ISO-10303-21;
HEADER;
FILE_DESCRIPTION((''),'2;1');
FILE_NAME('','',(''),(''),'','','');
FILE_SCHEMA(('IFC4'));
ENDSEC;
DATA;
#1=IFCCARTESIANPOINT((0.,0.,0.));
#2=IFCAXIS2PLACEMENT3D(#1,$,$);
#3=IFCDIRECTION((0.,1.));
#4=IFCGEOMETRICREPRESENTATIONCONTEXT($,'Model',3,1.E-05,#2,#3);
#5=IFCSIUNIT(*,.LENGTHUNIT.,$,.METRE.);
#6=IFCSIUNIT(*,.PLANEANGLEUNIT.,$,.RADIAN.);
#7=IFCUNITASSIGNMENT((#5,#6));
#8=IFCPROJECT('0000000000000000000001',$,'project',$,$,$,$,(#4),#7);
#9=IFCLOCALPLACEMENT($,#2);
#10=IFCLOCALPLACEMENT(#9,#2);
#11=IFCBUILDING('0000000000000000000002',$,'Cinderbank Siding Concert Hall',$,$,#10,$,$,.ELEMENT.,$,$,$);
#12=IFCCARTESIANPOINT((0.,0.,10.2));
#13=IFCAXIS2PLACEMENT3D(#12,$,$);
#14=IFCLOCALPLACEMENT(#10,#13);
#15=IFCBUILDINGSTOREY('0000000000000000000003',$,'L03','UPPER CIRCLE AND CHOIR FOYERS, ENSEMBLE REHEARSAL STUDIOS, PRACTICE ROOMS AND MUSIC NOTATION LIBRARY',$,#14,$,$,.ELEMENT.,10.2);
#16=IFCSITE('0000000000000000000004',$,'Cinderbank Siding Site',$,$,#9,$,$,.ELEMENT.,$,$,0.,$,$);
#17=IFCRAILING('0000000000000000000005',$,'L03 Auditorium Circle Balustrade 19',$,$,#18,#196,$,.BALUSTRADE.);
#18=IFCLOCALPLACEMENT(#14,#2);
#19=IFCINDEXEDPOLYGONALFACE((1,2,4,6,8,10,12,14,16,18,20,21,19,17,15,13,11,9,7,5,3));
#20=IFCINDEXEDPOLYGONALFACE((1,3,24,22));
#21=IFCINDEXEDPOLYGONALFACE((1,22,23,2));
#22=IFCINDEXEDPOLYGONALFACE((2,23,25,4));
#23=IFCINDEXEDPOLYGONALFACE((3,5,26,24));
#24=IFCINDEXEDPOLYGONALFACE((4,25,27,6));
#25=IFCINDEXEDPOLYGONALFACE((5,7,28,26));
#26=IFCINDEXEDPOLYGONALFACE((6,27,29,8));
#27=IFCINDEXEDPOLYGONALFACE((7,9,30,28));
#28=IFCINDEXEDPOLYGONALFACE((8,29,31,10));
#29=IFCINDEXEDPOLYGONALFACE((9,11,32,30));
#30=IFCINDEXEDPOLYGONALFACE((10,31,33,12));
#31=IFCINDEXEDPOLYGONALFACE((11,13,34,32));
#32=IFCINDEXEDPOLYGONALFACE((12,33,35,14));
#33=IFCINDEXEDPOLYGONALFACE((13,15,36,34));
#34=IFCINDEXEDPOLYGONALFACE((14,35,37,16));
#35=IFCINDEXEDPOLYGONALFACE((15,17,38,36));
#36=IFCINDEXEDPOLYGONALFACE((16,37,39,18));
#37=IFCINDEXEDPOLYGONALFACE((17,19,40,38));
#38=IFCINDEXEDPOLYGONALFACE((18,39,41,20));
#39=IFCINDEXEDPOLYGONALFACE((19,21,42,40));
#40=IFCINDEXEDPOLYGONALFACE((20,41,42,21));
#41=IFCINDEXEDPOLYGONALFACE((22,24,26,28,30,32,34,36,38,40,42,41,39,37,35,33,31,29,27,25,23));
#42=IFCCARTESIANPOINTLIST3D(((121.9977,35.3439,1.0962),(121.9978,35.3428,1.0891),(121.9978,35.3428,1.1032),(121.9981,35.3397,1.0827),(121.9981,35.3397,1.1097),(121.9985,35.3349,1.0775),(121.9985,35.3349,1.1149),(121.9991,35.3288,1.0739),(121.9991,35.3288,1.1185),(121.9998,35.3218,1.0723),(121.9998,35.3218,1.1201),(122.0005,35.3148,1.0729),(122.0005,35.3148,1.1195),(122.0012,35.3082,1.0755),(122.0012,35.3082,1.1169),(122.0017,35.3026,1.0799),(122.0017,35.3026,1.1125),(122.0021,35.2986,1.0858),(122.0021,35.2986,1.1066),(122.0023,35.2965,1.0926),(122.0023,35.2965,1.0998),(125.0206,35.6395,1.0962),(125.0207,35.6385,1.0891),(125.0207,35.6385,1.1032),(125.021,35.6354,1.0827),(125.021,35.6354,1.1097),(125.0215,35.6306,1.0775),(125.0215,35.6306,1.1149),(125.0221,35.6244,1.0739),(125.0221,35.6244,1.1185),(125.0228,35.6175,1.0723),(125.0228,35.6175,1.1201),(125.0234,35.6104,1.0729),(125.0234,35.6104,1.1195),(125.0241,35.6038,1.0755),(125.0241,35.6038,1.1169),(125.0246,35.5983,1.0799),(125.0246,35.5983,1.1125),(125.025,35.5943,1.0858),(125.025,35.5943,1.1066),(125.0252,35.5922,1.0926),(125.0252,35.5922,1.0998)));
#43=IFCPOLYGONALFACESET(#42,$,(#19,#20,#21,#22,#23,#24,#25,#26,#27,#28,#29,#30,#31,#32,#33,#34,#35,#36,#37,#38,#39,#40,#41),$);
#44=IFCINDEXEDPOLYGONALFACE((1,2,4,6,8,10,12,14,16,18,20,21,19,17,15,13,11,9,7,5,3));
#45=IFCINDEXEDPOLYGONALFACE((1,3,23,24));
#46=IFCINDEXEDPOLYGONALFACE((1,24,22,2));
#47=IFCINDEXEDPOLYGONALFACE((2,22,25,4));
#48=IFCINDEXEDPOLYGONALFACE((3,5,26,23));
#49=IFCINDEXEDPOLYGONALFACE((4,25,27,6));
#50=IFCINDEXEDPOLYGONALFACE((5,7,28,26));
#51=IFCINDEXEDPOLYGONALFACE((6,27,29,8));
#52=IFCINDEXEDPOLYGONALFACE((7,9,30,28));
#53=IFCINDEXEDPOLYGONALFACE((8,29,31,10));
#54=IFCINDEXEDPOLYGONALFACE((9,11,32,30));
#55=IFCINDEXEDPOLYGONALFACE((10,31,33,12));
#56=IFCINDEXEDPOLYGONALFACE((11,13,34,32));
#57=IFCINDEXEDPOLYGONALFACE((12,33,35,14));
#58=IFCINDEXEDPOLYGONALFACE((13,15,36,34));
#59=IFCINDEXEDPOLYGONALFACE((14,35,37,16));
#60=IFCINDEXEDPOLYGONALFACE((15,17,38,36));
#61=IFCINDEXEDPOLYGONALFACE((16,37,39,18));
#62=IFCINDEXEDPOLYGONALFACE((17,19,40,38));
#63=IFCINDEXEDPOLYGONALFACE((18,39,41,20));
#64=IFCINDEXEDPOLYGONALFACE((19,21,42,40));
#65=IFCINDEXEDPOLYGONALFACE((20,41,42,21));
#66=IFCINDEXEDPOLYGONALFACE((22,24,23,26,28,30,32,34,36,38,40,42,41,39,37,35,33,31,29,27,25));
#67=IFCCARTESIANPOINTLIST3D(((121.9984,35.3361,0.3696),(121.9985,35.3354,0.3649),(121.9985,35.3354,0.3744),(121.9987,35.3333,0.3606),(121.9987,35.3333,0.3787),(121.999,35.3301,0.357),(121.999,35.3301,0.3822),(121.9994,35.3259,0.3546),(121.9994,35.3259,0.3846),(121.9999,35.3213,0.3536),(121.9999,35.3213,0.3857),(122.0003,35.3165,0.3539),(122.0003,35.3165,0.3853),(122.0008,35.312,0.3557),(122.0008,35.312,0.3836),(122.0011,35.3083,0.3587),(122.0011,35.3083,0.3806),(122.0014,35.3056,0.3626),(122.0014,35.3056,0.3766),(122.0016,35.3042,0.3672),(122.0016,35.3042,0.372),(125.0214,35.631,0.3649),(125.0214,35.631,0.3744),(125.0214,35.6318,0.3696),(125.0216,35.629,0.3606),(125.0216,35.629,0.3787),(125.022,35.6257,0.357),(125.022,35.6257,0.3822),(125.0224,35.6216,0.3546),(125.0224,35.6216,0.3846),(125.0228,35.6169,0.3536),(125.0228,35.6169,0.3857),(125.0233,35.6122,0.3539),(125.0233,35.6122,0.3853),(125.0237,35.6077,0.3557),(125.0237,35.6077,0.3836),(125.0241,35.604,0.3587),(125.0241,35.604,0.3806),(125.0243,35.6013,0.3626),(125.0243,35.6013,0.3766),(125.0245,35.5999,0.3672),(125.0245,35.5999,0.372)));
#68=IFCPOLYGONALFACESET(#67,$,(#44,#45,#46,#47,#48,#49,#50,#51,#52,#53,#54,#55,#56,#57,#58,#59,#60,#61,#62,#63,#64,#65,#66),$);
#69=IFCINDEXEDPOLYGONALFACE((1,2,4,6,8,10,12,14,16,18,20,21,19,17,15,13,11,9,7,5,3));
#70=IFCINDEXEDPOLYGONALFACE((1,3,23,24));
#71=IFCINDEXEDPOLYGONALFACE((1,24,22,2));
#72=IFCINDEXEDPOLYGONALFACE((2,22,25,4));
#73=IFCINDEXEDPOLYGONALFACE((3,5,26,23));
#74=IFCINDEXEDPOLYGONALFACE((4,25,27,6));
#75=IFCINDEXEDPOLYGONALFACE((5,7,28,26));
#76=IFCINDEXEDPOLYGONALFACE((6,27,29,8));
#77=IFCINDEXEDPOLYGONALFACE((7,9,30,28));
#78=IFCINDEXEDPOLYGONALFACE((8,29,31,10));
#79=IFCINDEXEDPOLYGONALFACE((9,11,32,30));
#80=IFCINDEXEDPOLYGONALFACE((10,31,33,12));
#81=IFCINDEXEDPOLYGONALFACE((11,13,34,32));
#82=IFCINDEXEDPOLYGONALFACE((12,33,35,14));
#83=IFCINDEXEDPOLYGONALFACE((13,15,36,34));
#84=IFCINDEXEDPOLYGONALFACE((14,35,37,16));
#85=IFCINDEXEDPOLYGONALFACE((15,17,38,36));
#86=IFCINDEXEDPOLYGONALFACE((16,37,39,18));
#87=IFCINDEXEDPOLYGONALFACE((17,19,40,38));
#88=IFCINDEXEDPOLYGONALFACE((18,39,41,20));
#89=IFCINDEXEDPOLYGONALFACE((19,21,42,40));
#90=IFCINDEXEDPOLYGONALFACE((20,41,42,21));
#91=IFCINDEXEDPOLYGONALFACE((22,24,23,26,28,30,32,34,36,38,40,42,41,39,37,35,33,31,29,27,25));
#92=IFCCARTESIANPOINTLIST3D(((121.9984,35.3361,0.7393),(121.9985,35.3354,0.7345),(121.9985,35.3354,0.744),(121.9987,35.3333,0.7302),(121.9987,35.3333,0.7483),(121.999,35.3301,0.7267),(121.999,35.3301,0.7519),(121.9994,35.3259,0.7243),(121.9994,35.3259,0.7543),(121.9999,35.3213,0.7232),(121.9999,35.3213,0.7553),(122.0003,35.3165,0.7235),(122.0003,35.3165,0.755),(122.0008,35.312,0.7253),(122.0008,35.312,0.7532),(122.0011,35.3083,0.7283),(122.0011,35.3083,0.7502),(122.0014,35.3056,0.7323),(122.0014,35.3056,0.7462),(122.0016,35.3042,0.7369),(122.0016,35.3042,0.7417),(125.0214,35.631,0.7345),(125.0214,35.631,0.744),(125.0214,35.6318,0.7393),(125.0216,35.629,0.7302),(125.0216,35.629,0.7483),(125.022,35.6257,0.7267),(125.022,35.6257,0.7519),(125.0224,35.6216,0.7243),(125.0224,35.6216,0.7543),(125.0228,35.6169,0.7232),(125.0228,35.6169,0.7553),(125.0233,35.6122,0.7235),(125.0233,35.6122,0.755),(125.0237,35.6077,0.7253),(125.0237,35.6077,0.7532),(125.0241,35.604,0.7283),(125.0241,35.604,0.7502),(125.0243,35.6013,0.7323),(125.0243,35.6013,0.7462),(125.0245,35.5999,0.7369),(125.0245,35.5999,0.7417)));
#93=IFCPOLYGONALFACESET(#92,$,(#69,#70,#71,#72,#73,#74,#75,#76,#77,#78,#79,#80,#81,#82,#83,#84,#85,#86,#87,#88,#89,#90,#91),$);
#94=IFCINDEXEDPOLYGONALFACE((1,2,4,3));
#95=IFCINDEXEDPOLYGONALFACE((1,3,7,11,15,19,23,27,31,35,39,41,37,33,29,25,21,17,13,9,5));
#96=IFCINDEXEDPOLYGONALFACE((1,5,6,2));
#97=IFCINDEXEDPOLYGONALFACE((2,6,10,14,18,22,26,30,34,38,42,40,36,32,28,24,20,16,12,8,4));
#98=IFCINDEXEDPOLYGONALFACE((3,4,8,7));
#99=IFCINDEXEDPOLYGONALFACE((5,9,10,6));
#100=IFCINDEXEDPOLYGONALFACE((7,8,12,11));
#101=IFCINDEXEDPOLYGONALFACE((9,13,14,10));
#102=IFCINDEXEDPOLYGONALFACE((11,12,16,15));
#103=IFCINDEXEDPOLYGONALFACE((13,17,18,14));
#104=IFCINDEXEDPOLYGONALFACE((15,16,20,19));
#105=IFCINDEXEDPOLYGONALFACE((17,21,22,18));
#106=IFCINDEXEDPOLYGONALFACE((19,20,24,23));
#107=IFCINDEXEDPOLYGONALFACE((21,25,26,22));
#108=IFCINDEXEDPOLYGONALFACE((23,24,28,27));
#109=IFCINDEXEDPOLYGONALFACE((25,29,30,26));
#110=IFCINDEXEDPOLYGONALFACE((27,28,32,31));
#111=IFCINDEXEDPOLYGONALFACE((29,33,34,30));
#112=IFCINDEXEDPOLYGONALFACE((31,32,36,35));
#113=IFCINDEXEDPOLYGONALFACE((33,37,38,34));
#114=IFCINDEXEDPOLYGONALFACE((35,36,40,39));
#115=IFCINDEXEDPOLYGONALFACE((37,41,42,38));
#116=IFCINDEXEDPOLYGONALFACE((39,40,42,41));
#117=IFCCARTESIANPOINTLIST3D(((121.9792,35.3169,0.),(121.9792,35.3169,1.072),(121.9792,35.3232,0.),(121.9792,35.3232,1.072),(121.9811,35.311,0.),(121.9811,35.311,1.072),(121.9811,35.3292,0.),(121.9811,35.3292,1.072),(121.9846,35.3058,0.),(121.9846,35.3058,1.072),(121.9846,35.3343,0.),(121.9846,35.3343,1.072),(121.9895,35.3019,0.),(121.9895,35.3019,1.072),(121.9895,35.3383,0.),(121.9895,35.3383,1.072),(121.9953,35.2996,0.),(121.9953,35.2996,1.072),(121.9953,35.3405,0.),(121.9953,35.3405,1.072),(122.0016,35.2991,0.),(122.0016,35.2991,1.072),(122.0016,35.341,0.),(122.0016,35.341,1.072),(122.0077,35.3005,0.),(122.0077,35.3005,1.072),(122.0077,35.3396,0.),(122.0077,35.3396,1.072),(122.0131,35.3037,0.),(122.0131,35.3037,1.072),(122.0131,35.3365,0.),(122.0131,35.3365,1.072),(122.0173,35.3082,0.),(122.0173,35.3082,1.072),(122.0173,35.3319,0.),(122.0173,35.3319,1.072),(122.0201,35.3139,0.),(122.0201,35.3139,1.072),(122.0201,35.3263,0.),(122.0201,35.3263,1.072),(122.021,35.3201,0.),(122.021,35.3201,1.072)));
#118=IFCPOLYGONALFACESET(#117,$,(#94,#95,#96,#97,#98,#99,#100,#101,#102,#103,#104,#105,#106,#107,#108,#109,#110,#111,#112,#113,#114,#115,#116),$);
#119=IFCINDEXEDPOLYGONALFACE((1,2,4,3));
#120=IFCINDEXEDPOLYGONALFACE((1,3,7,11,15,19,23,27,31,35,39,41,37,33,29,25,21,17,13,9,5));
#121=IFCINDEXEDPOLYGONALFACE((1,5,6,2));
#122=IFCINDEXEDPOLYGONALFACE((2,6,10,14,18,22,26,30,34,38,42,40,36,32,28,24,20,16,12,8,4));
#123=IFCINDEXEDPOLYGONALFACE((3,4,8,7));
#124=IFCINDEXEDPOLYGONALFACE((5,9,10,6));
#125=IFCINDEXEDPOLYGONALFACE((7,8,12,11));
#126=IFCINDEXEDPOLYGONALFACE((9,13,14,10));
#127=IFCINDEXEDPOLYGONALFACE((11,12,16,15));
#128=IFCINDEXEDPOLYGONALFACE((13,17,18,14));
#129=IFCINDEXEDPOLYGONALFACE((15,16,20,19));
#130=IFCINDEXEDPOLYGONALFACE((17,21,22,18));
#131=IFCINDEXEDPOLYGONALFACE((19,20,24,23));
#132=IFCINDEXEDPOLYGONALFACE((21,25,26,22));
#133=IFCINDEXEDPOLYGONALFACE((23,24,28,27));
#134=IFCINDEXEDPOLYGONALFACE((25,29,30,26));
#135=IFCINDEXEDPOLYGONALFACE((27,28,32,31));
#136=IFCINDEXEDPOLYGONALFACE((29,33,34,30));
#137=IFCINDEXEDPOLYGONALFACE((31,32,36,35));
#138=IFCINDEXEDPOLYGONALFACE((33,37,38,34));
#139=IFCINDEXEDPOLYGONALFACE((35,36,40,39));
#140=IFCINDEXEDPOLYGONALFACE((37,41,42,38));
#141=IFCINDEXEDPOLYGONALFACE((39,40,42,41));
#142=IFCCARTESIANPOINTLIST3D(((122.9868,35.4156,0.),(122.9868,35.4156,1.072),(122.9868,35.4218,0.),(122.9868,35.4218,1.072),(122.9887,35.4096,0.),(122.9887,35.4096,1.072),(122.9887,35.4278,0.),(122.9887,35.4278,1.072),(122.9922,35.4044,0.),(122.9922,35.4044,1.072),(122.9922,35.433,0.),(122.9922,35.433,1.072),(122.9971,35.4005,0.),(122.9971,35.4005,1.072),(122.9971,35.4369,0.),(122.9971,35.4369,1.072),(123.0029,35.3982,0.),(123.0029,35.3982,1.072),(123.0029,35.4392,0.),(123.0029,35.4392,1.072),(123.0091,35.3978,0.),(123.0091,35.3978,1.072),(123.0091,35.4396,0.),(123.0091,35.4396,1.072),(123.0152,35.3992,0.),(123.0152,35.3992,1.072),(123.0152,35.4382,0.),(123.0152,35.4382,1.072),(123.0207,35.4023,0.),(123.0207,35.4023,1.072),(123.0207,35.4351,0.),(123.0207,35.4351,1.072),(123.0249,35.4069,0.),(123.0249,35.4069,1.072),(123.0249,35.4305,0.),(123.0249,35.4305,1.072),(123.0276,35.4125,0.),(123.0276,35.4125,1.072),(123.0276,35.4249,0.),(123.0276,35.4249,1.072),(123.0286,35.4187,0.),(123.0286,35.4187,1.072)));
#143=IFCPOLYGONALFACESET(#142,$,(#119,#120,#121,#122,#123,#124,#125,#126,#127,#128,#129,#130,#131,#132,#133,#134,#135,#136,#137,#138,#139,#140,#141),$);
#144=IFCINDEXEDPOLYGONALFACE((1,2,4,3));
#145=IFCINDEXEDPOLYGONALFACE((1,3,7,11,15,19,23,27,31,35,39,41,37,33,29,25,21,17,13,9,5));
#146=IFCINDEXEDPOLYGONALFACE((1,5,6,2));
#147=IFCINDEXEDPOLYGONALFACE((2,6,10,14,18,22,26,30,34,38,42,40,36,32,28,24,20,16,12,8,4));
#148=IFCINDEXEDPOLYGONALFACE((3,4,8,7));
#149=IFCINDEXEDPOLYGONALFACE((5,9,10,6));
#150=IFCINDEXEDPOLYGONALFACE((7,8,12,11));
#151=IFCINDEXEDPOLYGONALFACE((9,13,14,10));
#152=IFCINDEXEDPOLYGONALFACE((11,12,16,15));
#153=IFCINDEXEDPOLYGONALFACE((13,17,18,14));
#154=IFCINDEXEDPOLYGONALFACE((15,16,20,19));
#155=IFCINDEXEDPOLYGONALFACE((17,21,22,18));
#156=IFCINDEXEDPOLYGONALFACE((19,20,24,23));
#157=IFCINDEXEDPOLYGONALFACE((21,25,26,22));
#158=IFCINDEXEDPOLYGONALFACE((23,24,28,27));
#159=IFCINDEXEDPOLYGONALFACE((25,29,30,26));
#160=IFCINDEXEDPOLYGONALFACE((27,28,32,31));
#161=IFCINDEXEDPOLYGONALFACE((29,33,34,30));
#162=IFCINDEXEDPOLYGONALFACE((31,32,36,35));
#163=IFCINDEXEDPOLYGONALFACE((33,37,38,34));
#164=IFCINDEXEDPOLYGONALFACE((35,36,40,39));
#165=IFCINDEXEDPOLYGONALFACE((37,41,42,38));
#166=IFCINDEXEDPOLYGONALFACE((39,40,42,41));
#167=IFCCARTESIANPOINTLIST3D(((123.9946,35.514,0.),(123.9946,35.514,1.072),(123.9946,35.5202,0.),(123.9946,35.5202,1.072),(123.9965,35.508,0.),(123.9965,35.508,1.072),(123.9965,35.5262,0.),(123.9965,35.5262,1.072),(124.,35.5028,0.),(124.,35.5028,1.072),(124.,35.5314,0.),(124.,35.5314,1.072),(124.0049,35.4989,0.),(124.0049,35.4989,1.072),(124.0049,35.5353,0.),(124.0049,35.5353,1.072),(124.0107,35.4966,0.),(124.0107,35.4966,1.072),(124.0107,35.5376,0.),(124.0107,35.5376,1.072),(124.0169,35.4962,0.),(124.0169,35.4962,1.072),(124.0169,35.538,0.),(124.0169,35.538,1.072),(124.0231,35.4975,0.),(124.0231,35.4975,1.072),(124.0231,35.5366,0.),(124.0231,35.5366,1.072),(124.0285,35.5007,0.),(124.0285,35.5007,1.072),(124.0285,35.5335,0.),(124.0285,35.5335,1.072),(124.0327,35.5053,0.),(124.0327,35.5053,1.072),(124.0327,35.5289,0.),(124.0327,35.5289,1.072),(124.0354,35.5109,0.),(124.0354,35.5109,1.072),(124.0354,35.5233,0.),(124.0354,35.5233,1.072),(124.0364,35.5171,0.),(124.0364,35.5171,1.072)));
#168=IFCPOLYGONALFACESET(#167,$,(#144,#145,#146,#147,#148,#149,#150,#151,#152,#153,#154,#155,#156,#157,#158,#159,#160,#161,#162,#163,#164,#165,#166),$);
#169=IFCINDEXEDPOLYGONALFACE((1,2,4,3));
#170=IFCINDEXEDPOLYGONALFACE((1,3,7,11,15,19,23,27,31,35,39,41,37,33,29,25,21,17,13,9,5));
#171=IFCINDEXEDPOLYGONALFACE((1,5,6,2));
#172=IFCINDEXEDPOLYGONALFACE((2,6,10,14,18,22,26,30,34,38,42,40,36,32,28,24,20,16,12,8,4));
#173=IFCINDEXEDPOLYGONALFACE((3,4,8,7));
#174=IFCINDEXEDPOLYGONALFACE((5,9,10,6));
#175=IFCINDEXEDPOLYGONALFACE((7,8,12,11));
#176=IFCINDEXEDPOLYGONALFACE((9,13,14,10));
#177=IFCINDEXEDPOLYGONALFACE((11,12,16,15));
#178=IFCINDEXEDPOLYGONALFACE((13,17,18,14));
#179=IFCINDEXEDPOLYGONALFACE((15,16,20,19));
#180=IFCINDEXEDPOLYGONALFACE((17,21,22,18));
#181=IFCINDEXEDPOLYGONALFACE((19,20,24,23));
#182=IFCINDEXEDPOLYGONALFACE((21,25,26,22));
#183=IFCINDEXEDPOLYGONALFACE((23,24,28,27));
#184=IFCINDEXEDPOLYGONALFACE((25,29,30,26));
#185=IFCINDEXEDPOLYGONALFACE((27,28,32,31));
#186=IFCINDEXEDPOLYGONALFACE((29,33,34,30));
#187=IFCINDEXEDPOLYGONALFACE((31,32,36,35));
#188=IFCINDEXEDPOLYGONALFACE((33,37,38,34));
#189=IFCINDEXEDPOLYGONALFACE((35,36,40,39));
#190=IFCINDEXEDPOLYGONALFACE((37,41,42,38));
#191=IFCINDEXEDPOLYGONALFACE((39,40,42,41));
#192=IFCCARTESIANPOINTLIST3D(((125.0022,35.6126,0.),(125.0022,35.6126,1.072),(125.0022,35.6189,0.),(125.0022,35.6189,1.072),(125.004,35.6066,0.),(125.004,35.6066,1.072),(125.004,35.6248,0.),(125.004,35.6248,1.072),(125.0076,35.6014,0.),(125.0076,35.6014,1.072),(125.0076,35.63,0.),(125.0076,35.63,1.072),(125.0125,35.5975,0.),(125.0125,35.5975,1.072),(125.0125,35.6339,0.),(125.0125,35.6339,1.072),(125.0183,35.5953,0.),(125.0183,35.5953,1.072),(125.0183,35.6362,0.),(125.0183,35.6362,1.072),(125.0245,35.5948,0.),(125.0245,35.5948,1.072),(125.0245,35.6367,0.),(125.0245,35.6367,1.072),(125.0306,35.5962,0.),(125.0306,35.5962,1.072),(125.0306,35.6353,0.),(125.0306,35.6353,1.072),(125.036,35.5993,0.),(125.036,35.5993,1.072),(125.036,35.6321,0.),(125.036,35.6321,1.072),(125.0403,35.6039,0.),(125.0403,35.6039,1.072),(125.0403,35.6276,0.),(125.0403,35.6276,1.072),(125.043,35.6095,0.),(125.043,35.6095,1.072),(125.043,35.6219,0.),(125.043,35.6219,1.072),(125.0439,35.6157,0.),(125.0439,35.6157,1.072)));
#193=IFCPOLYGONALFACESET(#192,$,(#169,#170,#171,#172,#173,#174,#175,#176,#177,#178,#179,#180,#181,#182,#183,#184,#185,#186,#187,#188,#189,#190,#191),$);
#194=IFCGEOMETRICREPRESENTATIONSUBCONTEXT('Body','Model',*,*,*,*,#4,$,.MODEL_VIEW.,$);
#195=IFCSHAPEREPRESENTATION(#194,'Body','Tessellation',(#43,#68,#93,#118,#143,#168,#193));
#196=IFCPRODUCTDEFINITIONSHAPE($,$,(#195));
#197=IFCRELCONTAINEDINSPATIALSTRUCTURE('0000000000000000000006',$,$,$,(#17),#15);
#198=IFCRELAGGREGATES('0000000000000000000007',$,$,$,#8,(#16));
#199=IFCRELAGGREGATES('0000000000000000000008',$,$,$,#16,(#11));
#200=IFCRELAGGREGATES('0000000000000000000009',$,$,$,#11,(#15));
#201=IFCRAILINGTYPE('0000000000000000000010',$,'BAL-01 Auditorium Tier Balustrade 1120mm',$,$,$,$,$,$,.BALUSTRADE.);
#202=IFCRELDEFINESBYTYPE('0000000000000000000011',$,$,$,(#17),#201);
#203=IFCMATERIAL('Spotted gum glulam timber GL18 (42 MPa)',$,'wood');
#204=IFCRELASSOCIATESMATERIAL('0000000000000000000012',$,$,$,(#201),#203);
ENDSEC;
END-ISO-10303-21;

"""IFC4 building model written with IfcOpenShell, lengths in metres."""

from ifc_helpers import new_model, si_unit, direction, frame, origin, origin_2d, place, context, subcontext, project, spatial, circle, extrude, material, type_object, element, save


model = new_model("IFC4")

# Units and contexts
model_context = context("Model", 3, precision=1e-05, world=origin(), true_north=direction((0.0, 1.0)))
body_context = subcontext(model_context, "Body", "Model", "MODEL_VIEW")
ifc_project = project(units=[si_unit("LENGTHUNIT", "METRE"), si_unit("PLANEANGLEUNIT", "RADIAN")], contexts=[model_context])

# Site, building, storey
site_placement = place(None, origin())
site = spatial("IfcSite", under=ifc_project, at=site_placement, Name="Cinderbank Siding Site", CompositionType="ELEMENT", RefElevation=0.0)
building_placement = place(site_placement, origin())
building = spatial("IfcBuilding", under=site, at=building_placement, Name="Cinderbank Siding Concert Hall", CompositionType="ELEMENT")
storey_placement = place(building_placement, frame((0.0, 0.0, 10.2)))
storey = spatial("IfcBuildingStorey", under=building, at=storey_placement, Name="L03", Description="UPPER CIRCLE AND CHOIR FOYERS, ENSEMBLE REHEARSAL STUDIOS, PRACTICE ROOMS AND MUSIC NOTATION LIBRARY", CompositionType="ELEMENT", Elevation=10.2)

# Railing
ifc_material_1 = material(Name="Spotted gum glulam timber GL18 (42 MPa)", Category="wood")
railing_type_1 = type_object("IfcRailingType", Name="BAL-01 Auditorium Tier Balustrade 1120mm", PredefinedType="BALUSTRADE", material=ifc_material_1)
railing_1_placement = place(storey_placement, frame((122.0, 35.3201, 0.0)))
element("IfcRailing", 1, at=railing_1_placement, inside=storey, type_object=railing_type_1, Name="L03 Auditorium Circle Balustrade 19", PredefinedType="BALUSTRADE", context=body_context, shape_type="SweptSolid", body=[
    extrude(circle(Radius=0.0239, at=origin_2d()), frame((0.0, 0.0, 1.0962), z_axis=(0.995251, 0.097339, 0.0), x_axis=(-0.097339, 0.995251, 0.0)), (0.0, 0.0, 1.0), 3.0374),
    extrude(circle(Radius=0.0161, at=origin_2d()), frame((0.0, 0.0, 0.3696), z_axis=(0.995251, 0.097339, 0.0), x_axis=(-0.097339, 0.995251, 0.0)), (0.0, 0.0, 1.0), 3.0374),
    extrude(circle(Radius=0.0161, at=origin_2d()), frame((0.0, 0.0, 0.7393), z_axis=(0.995251, 0.097339, 0.0), x_axis=(-0.097339, 0.995251, 0.0)), (0.0, 0.0, 1.0), 3.0374),
    extrude(circle(Radius=0.021, at=origin_2d()), origin(), (0.0, 0.0, 1.0), 1.072),
    extrude(circle(Radius=0.021, at=origin_2d()), frame((1.0076, 0.0986, 0.0)), (0.0, 0.0, 1.0), 1.072),
    extrude(circle(Radius=0.021, at=origin_2d()), frame((2.0154, 0.197, 0.0)), (0.0, 0.0, 1.0), 1.072),
    extrude(circle(Radius=0.021, at=origin_2d()), frame((3.0229, 0.2957, 0.0)), (0.0, 0.0, 1.0), 1.072),
])

save(model, "model.ifc")
